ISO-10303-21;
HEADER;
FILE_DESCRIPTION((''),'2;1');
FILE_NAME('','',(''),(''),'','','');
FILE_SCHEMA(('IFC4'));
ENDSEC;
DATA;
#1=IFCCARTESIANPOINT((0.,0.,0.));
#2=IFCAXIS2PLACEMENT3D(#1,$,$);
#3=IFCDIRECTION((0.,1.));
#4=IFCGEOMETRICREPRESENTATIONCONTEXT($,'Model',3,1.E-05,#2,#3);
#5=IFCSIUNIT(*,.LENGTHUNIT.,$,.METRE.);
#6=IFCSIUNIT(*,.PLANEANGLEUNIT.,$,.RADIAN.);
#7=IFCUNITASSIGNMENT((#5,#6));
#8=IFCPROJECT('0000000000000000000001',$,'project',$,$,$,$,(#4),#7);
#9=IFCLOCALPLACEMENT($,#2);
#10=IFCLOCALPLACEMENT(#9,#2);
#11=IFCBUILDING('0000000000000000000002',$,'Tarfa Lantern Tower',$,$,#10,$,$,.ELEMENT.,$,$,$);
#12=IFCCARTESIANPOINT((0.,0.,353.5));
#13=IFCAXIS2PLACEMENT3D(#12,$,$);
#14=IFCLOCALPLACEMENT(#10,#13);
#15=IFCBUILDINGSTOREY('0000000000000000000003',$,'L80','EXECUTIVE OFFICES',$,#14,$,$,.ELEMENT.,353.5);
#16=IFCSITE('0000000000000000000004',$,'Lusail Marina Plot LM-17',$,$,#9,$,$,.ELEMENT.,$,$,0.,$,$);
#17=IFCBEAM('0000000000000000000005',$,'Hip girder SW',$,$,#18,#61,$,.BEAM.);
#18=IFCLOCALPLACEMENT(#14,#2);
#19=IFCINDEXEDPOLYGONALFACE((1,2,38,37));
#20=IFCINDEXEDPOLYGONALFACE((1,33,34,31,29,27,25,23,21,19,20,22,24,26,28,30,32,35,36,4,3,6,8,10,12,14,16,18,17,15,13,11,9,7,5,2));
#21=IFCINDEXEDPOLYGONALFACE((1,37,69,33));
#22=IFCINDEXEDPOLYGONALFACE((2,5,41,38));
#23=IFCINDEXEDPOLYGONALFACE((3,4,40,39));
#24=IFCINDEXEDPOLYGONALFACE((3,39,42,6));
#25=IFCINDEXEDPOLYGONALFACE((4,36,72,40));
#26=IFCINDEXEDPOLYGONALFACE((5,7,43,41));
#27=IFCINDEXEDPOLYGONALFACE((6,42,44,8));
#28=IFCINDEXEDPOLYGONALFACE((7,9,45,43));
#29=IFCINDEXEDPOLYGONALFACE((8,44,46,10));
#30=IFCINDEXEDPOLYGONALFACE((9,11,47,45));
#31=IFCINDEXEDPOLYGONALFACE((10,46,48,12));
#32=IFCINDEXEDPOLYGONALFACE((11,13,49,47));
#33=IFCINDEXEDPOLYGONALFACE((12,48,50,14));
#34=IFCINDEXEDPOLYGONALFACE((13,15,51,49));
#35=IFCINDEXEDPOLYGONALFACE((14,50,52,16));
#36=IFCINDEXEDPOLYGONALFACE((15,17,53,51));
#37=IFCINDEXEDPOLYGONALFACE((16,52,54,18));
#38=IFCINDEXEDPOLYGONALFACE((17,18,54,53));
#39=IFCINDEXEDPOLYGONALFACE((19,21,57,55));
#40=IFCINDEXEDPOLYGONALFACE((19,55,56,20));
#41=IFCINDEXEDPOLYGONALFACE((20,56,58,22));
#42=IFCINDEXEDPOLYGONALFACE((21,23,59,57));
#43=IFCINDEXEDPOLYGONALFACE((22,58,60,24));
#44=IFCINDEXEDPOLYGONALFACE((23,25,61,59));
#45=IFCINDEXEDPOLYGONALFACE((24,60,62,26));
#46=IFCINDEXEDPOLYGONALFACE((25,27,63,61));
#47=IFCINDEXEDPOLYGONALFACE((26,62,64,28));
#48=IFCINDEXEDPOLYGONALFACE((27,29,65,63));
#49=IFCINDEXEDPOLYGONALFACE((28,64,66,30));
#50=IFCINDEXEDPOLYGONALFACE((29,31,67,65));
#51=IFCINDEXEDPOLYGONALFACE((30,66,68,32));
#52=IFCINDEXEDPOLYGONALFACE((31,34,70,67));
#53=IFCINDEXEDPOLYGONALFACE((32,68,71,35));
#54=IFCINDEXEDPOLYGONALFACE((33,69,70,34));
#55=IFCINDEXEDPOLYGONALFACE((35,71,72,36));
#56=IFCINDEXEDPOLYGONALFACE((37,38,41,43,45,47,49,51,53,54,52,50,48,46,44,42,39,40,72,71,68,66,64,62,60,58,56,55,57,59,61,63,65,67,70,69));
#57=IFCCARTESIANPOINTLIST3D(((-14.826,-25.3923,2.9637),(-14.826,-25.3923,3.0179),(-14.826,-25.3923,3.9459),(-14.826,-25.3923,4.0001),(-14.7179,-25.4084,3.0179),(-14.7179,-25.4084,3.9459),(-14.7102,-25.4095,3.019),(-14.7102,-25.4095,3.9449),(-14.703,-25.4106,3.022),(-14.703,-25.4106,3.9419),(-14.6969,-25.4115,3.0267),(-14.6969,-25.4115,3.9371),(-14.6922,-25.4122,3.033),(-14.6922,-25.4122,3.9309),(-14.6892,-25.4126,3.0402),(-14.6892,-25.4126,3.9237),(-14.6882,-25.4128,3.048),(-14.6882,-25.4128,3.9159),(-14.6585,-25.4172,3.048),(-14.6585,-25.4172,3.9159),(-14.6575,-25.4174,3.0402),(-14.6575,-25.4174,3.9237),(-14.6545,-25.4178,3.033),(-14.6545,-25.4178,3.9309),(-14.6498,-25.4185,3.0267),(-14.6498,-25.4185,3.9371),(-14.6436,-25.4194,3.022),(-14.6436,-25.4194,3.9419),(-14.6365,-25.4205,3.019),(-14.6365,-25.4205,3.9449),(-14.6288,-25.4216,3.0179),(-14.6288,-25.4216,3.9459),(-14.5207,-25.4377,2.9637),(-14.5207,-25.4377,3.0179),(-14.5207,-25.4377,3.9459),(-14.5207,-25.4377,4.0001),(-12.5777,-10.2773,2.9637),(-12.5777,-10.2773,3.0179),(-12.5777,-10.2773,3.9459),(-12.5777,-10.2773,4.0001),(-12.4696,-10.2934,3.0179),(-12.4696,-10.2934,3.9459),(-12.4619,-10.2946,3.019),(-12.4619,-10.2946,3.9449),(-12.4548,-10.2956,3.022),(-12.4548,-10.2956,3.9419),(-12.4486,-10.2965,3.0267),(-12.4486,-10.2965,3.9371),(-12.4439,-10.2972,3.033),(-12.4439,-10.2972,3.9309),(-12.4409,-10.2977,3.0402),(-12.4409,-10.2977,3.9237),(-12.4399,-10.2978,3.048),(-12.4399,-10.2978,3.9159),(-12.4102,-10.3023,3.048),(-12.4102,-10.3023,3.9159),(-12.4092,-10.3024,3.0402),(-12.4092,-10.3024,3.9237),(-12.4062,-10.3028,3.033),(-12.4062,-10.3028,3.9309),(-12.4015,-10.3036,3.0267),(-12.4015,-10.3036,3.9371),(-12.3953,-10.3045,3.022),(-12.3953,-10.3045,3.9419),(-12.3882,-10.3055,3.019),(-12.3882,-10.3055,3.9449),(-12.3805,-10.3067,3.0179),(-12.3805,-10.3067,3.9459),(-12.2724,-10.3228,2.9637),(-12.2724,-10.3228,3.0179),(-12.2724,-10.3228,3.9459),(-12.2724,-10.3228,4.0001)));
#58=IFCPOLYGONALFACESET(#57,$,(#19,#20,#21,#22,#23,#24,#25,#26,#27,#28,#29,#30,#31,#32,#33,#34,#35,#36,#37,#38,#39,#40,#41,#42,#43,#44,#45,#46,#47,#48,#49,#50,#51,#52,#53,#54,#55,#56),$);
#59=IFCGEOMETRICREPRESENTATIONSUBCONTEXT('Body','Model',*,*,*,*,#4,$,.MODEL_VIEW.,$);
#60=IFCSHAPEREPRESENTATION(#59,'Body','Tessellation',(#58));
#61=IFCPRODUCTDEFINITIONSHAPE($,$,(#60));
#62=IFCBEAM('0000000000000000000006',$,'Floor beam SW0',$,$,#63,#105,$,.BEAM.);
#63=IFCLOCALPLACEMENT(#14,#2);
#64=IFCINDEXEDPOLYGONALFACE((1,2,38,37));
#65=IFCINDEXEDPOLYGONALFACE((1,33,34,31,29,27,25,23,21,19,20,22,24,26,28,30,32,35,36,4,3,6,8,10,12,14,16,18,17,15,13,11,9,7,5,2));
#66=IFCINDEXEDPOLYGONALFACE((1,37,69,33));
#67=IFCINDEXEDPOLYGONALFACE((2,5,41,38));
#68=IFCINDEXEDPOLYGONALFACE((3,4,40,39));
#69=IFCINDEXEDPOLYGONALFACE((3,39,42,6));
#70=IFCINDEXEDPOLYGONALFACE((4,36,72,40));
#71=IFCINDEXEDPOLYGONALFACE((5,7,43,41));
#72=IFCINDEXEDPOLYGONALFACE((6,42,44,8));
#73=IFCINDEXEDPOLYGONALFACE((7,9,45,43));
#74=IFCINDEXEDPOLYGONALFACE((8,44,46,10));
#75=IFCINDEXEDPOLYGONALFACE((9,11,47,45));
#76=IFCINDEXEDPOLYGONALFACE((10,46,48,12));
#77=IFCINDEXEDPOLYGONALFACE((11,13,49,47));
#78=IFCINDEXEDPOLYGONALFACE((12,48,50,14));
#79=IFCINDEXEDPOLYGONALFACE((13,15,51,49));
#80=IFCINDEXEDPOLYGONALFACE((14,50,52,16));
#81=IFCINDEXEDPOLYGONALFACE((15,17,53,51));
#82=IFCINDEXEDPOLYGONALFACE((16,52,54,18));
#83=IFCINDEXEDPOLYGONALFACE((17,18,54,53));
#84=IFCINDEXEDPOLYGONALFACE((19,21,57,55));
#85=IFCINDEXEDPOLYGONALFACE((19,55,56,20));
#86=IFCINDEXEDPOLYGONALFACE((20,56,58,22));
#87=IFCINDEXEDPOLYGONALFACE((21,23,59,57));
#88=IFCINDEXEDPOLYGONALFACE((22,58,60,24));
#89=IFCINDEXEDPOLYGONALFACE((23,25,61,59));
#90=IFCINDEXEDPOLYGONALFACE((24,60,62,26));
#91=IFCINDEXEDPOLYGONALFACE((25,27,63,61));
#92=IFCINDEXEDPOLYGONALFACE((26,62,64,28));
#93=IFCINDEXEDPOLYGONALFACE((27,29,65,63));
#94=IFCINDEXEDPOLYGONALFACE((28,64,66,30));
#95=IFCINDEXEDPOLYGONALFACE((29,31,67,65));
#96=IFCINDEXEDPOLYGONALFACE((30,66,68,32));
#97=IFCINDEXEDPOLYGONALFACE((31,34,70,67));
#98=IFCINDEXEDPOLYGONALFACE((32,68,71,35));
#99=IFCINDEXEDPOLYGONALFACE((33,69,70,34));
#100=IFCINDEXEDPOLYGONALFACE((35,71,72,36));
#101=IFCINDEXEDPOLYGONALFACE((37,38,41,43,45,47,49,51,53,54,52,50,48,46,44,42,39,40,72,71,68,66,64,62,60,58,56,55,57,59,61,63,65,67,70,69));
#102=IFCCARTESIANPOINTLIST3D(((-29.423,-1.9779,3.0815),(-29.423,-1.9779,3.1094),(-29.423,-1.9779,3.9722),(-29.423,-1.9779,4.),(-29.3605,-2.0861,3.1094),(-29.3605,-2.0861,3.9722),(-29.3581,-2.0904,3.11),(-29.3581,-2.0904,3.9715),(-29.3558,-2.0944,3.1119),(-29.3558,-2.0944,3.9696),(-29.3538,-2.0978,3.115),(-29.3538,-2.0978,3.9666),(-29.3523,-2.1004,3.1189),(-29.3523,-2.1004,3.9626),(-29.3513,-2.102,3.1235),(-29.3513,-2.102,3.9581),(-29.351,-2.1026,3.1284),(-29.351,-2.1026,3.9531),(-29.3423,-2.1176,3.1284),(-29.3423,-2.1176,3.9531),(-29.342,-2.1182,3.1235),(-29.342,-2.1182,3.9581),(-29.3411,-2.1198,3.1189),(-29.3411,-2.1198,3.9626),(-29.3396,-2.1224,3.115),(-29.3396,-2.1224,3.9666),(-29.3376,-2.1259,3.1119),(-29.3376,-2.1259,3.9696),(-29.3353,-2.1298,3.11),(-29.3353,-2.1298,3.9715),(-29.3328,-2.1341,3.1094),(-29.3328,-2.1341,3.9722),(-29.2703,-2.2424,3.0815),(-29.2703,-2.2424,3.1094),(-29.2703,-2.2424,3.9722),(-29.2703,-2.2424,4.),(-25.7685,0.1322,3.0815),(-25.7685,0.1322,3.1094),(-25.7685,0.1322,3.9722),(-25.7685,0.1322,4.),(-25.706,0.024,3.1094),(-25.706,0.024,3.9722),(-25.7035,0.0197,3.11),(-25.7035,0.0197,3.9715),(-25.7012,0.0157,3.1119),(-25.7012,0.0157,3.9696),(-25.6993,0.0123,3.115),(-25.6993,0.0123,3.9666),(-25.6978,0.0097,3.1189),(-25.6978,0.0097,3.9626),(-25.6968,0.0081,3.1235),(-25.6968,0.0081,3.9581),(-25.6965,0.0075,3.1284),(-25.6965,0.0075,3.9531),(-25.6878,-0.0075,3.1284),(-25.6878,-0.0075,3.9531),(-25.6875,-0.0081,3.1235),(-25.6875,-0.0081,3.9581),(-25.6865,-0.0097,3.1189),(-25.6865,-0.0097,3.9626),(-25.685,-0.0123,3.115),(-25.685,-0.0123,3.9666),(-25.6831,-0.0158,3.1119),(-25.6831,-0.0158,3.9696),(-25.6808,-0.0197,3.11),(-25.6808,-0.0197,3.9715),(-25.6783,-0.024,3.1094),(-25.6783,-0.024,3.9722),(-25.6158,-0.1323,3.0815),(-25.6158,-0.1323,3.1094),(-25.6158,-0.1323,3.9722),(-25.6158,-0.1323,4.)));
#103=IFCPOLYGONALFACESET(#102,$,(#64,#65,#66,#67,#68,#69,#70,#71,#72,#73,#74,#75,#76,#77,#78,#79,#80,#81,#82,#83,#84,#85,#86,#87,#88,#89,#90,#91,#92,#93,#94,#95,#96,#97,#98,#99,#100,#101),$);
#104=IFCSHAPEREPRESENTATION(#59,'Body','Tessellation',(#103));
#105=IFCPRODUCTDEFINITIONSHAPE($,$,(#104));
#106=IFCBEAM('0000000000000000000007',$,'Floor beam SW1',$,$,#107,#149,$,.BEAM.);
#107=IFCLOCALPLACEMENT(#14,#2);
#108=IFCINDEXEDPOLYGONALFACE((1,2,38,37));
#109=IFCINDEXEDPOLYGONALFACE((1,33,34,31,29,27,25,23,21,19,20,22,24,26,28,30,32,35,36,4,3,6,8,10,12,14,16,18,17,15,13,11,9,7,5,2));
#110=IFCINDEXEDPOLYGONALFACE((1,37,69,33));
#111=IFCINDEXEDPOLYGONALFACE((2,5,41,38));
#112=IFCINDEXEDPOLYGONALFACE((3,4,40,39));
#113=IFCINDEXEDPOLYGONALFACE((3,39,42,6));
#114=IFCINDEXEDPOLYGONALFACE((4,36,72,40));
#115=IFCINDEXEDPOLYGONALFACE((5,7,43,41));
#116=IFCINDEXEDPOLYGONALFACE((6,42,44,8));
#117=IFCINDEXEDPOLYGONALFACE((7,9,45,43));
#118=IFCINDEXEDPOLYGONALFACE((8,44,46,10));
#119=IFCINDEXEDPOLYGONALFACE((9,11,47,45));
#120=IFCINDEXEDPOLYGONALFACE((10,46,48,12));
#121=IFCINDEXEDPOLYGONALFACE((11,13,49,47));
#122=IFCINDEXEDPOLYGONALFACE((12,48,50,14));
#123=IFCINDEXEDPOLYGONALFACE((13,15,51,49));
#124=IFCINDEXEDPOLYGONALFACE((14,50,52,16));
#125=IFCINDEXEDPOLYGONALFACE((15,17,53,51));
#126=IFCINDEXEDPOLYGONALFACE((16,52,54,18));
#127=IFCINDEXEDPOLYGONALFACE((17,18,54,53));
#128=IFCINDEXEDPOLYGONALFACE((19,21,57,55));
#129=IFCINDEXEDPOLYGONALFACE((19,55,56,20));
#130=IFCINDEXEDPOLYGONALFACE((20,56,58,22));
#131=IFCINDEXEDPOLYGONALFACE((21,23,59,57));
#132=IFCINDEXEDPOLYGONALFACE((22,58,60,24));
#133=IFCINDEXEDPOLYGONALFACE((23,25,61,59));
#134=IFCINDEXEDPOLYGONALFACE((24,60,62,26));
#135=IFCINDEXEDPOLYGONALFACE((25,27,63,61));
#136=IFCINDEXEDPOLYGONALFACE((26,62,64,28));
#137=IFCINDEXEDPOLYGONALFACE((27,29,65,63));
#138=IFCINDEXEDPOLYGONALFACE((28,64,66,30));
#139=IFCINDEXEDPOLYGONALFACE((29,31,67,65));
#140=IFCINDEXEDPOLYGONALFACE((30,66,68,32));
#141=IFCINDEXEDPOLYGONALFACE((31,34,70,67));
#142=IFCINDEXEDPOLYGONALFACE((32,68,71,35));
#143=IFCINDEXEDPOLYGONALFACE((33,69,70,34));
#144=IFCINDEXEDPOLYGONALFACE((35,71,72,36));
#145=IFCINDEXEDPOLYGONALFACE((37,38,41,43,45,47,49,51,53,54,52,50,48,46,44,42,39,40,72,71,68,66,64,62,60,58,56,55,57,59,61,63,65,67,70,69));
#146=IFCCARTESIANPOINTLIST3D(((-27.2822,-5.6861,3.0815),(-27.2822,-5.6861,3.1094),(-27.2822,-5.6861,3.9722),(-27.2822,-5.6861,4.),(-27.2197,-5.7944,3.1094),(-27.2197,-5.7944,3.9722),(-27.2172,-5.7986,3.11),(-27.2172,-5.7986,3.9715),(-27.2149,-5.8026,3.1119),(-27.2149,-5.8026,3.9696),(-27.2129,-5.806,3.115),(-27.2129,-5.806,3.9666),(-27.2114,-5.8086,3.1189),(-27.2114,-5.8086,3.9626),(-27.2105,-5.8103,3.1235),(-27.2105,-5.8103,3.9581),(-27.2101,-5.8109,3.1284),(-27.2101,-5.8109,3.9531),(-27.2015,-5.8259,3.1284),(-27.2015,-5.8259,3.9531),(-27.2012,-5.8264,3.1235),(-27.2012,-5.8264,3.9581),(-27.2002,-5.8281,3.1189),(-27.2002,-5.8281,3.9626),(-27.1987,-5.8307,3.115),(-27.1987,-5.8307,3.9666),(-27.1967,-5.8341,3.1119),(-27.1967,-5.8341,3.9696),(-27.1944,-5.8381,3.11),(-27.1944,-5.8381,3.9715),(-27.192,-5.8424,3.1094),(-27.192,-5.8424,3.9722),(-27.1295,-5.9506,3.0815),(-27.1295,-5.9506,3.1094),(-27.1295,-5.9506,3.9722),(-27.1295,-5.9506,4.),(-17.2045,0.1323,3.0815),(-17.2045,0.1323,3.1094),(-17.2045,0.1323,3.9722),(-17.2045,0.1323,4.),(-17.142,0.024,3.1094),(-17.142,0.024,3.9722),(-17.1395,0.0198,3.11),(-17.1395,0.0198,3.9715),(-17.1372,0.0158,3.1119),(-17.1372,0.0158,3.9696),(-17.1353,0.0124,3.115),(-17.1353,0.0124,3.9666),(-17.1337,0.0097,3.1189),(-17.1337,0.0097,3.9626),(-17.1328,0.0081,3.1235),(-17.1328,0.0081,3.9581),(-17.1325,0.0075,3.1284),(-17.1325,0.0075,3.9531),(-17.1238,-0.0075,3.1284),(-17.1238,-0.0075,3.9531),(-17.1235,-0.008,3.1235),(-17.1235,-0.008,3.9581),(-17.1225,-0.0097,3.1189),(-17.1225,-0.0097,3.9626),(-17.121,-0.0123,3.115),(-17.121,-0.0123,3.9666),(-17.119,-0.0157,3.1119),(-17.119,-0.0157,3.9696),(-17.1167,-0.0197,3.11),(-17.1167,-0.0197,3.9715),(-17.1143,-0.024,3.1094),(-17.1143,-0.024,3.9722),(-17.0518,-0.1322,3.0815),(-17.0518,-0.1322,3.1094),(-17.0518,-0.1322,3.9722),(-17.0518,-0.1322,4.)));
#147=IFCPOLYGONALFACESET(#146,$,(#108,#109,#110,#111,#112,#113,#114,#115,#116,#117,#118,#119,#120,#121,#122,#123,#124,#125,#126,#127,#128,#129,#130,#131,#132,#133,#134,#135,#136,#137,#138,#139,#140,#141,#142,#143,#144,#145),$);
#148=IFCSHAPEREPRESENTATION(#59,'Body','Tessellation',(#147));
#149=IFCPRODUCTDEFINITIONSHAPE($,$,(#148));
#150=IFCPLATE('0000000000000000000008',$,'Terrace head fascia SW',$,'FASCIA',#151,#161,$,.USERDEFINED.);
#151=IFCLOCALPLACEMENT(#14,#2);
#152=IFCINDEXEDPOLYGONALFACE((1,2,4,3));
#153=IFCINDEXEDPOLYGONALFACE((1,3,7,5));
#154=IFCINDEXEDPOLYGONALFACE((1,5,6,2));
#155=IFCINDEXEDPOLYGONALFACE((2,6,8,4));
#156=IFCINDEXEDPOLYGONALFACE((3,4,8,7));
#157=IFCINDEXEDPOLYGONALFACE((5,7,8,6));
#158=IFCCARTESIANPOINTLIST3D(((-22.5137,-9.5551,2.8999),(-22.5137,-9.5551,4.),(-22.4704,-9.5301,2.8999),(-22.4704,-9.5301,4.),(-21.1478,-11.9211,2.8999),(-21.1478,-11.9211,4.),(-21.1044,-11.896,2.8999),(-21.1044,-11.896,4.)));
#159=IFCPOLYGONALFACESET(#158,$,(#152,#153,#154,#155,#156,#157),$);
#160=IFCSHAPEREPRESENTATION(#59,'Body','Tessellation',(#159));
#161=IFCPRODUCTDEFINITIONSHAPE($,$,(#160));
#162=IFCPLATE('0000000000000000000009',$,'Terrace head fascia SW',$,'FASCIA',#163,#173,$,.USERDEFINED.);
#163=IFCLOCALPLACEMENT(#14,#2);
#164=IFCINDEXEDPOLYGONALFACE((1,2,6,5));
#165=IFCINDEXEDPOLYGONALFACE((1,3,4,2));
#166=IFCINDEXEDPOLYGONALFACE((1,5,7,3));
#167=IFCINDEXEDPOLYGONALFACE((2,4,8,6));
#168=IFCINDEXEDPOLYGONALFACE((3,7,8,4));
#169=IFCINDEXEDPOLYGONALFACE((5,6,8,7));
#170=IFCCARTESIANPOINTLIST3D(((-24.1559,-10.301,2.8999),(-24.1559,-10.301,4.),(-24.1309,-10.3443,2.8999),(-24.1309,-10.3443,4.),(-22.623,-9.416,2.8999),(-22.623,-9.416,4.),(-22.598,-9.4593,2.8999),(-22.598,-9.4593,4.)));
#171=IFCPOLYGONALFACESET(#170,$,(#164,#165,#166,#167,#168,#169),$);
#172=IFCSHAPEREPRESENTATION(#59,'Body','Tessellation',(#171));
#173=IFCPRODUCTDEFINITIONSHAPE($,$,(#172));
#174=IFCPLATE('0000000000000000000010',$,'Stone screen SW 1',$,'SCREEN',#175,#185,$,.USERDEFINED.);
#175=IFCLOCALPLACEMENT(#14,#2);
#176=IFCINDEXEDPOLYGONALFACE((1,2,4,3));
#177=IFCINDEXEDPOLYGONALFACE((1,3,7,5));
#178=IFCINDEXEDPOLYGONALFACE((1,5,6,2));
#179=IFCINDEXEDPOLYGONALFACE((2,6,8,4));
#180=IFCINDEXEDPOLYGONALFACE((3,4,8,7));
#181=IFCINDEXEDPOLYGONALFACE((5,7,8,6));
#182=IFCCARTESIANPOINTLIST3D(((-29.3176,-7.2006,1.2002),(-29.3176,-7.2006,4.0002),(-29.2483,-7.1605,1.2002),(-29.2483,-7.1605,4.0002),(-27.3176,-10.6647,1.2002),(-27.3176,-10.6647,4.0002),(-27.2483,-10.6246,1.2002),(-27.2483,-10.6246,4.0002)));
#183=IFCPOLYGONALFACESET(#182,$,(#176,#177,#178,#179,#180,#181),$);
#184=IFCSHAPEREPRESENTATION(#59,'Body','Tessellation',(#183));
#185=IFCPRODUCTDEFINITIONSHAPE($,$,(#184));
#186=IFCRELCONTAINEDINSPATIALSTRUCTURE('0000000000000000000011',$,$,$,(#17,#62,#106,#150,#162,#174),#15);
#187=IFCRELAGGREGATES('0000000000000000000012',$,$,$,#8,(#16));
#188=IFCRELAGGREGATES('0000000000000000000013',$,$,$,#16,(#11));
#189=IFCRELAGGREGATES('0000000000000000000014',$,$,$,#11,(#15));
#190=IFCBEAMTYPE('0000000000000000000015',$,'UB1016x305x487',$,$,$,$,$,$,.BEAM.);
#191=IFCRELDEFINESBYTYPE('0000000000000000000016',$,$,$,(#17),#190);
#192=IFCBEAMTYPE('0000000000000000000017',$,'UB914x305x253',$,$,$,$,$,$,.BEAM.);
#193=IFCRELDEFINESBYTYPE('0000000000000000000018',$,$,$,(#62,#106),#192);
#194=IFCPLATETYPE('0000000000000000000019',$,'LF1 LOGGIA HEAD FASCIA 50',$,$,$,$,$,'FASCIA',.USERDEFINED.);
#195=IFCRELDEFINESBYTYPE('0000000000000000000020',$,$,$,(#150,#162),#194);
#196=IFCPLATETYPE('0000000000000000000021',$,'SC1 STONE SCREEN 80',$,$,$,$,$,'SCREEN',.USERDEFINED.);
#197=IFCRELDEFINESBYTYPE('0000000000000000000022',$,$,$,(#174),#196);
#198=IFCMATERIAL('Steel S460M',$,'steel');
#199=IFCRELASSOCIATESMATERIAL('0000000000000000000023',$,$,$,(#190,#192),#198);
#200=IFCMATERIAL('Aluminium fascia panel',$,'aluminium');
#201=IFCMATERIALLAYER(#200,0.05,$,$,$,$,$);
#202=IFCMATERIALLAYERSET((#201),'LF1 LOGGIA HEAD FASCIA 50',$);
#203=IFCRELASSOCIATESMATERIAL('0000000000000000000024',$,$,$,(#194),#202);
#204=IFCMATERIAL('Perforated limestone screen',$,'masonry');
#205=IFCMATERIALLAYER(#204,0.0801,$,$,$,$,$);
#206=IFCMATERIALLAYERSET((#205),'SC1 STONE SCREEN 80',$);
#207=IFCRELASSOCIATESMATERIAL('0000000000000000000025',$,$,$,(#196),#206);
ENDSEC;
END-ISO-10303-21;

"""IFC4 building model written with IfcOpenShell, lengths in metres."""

from ifc_helpers import new_model, si_unit, direction, frame, origin, origin_2d, place, context, subcontext, project, spatial, rectangle, i_section, extrude, material, layer, layer_set, material_profile, profile_set, type_object, element, save


model = new_model("IFC4")

# Units and contexts
model_context = context("Model", 3, precision=1e-05, world=origin(), true_north=direction((0.0, 1.0)))
body_context = subcontext(model_context, "Body", "Model", "MODEL_VIEW")
ifc_project = project(units=[si_unit("LENGTHUNIT", "METRE"), si_unit("PLANEANGLEUNIT", "RADIAN")], contexts=[model_context])

# Site, building, storey
site_placement = place(None, origin())
site = spatial("IfcSite", under=ifc_project, at=site_placement, Name="Lusail Marina Plot LM-17", CompositionType="ELEMENT", RefElevation=0.0)
building_placement = place(site_placement, origin())
building = spatial("IfcBuilding", under=site, at=building_placement, Name="Tarfa Lantern Tower", CompositionType="ELEMENT")
storey_placement = place(building_placement, frame((0.0, 0.0, 353.5)))
storey = spatial("IfcBuildingStorey", under=building, at=storey_placement, Name="L80", Description="EXECUTIVE OFFICES", CompositionType="ELEMENT", Elevation=353.5)

# Beams
ifc_material_1 = material(Name="Steel S460M", Category="steel")
ifc_material_profile_1 = material_profile(ifc_material_1, i_section(OverallWidth=0.3086, OverallDepth=1.0364, WebThickness=0.03, FlangeThickness=0.0542, FilletRadius=0.03, at=origin_2d()), Name="UB1016x305x487")
ifc_profile_set_1 = profile_set([ifc_material_profile_1], Name="Steel S460M")
beam_type_1 = type_object("IfcBeamType", Name="UB1016x305x487", PredefinedType="BEAM", material=ifc_profile_set_1)
beam_1_placement = place(storey_placement, frame((-12.425, -10.3, 3.4819), z_axis=(-0.147127, -0.989118, 0.0), x_axis=(0.989118, -0.147127, 0.0)))
element("IfcBeam", 1, at=beam_1_placement, inside=storey, type_object=beam_type_1, Name="Hip girder SW", PredefinedType="BEAM", context=body_context, shape_type="SweptSolid", body=[
    extrude(i_section(OverallWidth=0.3086, OverallDepth=1.0364, WebThickness=0.03, FlangeThickness=0.0542, FilletRadius=0.03, at=origin_2d()), origin(), (0.0, 0.0, 1.0), 15.2812),
])
ifc_material_profile_2 = material_profile(ifc_material_1, i_section(OverallWidth=0.3054, OverallDepth=0.9185, WebThickness=0.0173, FlangeThickness=0.0278, FilletRadius=0.019, at=origin_2d()), Name="UB914x305x253")
ifc_profile_set_2 = profile_set([ifc_material_profile_2], Name="Steel S460M")
beam_type_2 = type_object("IfcBeamType", Name="UB914x305x253", PredefinedType="BEAM", material=ifc_profile_set_2)
beam_2_placement = place(storey_placement, frame((-29.3467, -2.1101, 3.5408), z_axis=(0.866009, 0.500028, 0.0), x_axis=(-0.500028, 0.866009, 0.0)))
element("IfcBeam", 2, at=beam_2_placement, inside=storey, type_object=beam_type_2, Name="Floor beam SW0", PredefinedType="BEAM", context=body_context, shape_type="SweptSolid", body=[
    extrude(i_section(OverallWidth=0.3054, OverallDepth=0.9185, WebThickness=0.0173, FlangeThickness=0.0278, FilletRadius=0.019, at=origin_2d()), origin(), (0.0, 0.0, 1.0), 4.22),
])
beam_3_placement = place(storey_placement, frame((-27.2058, -5.8184, 3.5408), z_axis=(0.866024, 0.500002, 0.0), x_axis=(-0.500002, 0.866024, 0.0)))
element("IfcBeam", 3, at=beam_3_placement, inside=storey, type_object=beam_type_2, Name="Floor beam SW1", PredefinedType="BEAM", context=body_context, shape_type="SweptSolid", body=[
    extrude(i_section(OverallWidth=0.3054, OverallDepth=0.9185, WebThickness=0.0173, FlangeThickness=0.0278, FilletRadius=0.019, at=origin_2d()), origin(), (0.0, 0.0, 1.0), 11.6367),
])

# Plates
ifc_material_2 = material(Name="Aluminium fascia panel", Category="aluminium")
ifc_layer_1 = layer(ifc_material_2, 0.05)
ifc_layer_set_1 = layer_set([ifc_layer_1], Name="LF1 LOGGIA HEAD FASCIA 50")
plate_type_1 = type_object("IfcPlateType", Name="LF1 LOGGIA HEAD FASCIA 50", ElementType="FASCIA", PredefinedType="USERDEFINED", material=ifc_layer_set_1)
plate_1_placement = place(storey_placement, frame((-21.8091, -10.7256, 2.8999), z_axis=(0.0, 0.0, 1.0), x_axis=(0.5, -0.866025, 0.0)))
element("IfcPlate", 4, at=plate_1_placement, inside=storey, type_object=plate_type_1, Name="Terrace head fascia SW", ObjectType="FASCIA", PredefinedType="USERDEFINED", context=body_context, shape_type="SweptSolid", body=[
    extrude(rectangle(XDim=2.7319, YDim=0.05, at=origin_2d()), origin(), (0.0, 0.0, 1.0), 1.1001),
])
plate_2_placement = place(storey_placement, frame((-23.377, -9.8801, 2.8999), z_axis=(0.0, 0.0, 1.0), x_axis=(0.866025, 0.5, 0.0)))
element("IfcPlate", 5, at=plate_2_placement, inside=storey, type_object=plate_type_1, Name="Terrace head fascia SW", ObjectType="FASCIA", PredefinedType="USERDEFINED", context=body_context, shape_type="SweptSolid", body=[
    extrude(rectangle(XDim=1.77, YDim=0.05, at=origin_2d()), origin(), (0.0, 0.0, 1.0), 1.1001),
])
ifc_material_3 = material(Name="Perforated limestone screen", Category="masonry")
ifc_layer_2 = layer(ifc_material_3, 0.0801)
ifc_layer_set_2 = layer_set([ifc_layer_2], Name="SC1 STONE SCREEN 80")
plate_type_2 = type_object("IfcPlateType", Name="SC1 STONE SCREEN 80", ElementType="SCREEN", PredefinedType="USERDEFINED", material=ifc_layer_set_2)
plate_3_placement = place(storey_placement, frame((-28.283, -8.9126, 1.2002), z_axis=(0.0, 0.0, 1.0), x_axis=(0.5, -0.866025, 0.0)))
element("IfcPlate", 6, at=plate_3_placement, inside=storey, type_object=plate_type_2, Name="Stone screen SW 1", ObjectType="SCREEN", PredefinedType="USERDEFINED", context=body_context, shape_type="SweptSolid", body=[
    extrude(rectangle(XDim=4.0, YDim=0.0801, at=origin_2d()), origin(), (0.0, 0.0, 1.0), 2.8),
])

save(model, "model.ifc")
